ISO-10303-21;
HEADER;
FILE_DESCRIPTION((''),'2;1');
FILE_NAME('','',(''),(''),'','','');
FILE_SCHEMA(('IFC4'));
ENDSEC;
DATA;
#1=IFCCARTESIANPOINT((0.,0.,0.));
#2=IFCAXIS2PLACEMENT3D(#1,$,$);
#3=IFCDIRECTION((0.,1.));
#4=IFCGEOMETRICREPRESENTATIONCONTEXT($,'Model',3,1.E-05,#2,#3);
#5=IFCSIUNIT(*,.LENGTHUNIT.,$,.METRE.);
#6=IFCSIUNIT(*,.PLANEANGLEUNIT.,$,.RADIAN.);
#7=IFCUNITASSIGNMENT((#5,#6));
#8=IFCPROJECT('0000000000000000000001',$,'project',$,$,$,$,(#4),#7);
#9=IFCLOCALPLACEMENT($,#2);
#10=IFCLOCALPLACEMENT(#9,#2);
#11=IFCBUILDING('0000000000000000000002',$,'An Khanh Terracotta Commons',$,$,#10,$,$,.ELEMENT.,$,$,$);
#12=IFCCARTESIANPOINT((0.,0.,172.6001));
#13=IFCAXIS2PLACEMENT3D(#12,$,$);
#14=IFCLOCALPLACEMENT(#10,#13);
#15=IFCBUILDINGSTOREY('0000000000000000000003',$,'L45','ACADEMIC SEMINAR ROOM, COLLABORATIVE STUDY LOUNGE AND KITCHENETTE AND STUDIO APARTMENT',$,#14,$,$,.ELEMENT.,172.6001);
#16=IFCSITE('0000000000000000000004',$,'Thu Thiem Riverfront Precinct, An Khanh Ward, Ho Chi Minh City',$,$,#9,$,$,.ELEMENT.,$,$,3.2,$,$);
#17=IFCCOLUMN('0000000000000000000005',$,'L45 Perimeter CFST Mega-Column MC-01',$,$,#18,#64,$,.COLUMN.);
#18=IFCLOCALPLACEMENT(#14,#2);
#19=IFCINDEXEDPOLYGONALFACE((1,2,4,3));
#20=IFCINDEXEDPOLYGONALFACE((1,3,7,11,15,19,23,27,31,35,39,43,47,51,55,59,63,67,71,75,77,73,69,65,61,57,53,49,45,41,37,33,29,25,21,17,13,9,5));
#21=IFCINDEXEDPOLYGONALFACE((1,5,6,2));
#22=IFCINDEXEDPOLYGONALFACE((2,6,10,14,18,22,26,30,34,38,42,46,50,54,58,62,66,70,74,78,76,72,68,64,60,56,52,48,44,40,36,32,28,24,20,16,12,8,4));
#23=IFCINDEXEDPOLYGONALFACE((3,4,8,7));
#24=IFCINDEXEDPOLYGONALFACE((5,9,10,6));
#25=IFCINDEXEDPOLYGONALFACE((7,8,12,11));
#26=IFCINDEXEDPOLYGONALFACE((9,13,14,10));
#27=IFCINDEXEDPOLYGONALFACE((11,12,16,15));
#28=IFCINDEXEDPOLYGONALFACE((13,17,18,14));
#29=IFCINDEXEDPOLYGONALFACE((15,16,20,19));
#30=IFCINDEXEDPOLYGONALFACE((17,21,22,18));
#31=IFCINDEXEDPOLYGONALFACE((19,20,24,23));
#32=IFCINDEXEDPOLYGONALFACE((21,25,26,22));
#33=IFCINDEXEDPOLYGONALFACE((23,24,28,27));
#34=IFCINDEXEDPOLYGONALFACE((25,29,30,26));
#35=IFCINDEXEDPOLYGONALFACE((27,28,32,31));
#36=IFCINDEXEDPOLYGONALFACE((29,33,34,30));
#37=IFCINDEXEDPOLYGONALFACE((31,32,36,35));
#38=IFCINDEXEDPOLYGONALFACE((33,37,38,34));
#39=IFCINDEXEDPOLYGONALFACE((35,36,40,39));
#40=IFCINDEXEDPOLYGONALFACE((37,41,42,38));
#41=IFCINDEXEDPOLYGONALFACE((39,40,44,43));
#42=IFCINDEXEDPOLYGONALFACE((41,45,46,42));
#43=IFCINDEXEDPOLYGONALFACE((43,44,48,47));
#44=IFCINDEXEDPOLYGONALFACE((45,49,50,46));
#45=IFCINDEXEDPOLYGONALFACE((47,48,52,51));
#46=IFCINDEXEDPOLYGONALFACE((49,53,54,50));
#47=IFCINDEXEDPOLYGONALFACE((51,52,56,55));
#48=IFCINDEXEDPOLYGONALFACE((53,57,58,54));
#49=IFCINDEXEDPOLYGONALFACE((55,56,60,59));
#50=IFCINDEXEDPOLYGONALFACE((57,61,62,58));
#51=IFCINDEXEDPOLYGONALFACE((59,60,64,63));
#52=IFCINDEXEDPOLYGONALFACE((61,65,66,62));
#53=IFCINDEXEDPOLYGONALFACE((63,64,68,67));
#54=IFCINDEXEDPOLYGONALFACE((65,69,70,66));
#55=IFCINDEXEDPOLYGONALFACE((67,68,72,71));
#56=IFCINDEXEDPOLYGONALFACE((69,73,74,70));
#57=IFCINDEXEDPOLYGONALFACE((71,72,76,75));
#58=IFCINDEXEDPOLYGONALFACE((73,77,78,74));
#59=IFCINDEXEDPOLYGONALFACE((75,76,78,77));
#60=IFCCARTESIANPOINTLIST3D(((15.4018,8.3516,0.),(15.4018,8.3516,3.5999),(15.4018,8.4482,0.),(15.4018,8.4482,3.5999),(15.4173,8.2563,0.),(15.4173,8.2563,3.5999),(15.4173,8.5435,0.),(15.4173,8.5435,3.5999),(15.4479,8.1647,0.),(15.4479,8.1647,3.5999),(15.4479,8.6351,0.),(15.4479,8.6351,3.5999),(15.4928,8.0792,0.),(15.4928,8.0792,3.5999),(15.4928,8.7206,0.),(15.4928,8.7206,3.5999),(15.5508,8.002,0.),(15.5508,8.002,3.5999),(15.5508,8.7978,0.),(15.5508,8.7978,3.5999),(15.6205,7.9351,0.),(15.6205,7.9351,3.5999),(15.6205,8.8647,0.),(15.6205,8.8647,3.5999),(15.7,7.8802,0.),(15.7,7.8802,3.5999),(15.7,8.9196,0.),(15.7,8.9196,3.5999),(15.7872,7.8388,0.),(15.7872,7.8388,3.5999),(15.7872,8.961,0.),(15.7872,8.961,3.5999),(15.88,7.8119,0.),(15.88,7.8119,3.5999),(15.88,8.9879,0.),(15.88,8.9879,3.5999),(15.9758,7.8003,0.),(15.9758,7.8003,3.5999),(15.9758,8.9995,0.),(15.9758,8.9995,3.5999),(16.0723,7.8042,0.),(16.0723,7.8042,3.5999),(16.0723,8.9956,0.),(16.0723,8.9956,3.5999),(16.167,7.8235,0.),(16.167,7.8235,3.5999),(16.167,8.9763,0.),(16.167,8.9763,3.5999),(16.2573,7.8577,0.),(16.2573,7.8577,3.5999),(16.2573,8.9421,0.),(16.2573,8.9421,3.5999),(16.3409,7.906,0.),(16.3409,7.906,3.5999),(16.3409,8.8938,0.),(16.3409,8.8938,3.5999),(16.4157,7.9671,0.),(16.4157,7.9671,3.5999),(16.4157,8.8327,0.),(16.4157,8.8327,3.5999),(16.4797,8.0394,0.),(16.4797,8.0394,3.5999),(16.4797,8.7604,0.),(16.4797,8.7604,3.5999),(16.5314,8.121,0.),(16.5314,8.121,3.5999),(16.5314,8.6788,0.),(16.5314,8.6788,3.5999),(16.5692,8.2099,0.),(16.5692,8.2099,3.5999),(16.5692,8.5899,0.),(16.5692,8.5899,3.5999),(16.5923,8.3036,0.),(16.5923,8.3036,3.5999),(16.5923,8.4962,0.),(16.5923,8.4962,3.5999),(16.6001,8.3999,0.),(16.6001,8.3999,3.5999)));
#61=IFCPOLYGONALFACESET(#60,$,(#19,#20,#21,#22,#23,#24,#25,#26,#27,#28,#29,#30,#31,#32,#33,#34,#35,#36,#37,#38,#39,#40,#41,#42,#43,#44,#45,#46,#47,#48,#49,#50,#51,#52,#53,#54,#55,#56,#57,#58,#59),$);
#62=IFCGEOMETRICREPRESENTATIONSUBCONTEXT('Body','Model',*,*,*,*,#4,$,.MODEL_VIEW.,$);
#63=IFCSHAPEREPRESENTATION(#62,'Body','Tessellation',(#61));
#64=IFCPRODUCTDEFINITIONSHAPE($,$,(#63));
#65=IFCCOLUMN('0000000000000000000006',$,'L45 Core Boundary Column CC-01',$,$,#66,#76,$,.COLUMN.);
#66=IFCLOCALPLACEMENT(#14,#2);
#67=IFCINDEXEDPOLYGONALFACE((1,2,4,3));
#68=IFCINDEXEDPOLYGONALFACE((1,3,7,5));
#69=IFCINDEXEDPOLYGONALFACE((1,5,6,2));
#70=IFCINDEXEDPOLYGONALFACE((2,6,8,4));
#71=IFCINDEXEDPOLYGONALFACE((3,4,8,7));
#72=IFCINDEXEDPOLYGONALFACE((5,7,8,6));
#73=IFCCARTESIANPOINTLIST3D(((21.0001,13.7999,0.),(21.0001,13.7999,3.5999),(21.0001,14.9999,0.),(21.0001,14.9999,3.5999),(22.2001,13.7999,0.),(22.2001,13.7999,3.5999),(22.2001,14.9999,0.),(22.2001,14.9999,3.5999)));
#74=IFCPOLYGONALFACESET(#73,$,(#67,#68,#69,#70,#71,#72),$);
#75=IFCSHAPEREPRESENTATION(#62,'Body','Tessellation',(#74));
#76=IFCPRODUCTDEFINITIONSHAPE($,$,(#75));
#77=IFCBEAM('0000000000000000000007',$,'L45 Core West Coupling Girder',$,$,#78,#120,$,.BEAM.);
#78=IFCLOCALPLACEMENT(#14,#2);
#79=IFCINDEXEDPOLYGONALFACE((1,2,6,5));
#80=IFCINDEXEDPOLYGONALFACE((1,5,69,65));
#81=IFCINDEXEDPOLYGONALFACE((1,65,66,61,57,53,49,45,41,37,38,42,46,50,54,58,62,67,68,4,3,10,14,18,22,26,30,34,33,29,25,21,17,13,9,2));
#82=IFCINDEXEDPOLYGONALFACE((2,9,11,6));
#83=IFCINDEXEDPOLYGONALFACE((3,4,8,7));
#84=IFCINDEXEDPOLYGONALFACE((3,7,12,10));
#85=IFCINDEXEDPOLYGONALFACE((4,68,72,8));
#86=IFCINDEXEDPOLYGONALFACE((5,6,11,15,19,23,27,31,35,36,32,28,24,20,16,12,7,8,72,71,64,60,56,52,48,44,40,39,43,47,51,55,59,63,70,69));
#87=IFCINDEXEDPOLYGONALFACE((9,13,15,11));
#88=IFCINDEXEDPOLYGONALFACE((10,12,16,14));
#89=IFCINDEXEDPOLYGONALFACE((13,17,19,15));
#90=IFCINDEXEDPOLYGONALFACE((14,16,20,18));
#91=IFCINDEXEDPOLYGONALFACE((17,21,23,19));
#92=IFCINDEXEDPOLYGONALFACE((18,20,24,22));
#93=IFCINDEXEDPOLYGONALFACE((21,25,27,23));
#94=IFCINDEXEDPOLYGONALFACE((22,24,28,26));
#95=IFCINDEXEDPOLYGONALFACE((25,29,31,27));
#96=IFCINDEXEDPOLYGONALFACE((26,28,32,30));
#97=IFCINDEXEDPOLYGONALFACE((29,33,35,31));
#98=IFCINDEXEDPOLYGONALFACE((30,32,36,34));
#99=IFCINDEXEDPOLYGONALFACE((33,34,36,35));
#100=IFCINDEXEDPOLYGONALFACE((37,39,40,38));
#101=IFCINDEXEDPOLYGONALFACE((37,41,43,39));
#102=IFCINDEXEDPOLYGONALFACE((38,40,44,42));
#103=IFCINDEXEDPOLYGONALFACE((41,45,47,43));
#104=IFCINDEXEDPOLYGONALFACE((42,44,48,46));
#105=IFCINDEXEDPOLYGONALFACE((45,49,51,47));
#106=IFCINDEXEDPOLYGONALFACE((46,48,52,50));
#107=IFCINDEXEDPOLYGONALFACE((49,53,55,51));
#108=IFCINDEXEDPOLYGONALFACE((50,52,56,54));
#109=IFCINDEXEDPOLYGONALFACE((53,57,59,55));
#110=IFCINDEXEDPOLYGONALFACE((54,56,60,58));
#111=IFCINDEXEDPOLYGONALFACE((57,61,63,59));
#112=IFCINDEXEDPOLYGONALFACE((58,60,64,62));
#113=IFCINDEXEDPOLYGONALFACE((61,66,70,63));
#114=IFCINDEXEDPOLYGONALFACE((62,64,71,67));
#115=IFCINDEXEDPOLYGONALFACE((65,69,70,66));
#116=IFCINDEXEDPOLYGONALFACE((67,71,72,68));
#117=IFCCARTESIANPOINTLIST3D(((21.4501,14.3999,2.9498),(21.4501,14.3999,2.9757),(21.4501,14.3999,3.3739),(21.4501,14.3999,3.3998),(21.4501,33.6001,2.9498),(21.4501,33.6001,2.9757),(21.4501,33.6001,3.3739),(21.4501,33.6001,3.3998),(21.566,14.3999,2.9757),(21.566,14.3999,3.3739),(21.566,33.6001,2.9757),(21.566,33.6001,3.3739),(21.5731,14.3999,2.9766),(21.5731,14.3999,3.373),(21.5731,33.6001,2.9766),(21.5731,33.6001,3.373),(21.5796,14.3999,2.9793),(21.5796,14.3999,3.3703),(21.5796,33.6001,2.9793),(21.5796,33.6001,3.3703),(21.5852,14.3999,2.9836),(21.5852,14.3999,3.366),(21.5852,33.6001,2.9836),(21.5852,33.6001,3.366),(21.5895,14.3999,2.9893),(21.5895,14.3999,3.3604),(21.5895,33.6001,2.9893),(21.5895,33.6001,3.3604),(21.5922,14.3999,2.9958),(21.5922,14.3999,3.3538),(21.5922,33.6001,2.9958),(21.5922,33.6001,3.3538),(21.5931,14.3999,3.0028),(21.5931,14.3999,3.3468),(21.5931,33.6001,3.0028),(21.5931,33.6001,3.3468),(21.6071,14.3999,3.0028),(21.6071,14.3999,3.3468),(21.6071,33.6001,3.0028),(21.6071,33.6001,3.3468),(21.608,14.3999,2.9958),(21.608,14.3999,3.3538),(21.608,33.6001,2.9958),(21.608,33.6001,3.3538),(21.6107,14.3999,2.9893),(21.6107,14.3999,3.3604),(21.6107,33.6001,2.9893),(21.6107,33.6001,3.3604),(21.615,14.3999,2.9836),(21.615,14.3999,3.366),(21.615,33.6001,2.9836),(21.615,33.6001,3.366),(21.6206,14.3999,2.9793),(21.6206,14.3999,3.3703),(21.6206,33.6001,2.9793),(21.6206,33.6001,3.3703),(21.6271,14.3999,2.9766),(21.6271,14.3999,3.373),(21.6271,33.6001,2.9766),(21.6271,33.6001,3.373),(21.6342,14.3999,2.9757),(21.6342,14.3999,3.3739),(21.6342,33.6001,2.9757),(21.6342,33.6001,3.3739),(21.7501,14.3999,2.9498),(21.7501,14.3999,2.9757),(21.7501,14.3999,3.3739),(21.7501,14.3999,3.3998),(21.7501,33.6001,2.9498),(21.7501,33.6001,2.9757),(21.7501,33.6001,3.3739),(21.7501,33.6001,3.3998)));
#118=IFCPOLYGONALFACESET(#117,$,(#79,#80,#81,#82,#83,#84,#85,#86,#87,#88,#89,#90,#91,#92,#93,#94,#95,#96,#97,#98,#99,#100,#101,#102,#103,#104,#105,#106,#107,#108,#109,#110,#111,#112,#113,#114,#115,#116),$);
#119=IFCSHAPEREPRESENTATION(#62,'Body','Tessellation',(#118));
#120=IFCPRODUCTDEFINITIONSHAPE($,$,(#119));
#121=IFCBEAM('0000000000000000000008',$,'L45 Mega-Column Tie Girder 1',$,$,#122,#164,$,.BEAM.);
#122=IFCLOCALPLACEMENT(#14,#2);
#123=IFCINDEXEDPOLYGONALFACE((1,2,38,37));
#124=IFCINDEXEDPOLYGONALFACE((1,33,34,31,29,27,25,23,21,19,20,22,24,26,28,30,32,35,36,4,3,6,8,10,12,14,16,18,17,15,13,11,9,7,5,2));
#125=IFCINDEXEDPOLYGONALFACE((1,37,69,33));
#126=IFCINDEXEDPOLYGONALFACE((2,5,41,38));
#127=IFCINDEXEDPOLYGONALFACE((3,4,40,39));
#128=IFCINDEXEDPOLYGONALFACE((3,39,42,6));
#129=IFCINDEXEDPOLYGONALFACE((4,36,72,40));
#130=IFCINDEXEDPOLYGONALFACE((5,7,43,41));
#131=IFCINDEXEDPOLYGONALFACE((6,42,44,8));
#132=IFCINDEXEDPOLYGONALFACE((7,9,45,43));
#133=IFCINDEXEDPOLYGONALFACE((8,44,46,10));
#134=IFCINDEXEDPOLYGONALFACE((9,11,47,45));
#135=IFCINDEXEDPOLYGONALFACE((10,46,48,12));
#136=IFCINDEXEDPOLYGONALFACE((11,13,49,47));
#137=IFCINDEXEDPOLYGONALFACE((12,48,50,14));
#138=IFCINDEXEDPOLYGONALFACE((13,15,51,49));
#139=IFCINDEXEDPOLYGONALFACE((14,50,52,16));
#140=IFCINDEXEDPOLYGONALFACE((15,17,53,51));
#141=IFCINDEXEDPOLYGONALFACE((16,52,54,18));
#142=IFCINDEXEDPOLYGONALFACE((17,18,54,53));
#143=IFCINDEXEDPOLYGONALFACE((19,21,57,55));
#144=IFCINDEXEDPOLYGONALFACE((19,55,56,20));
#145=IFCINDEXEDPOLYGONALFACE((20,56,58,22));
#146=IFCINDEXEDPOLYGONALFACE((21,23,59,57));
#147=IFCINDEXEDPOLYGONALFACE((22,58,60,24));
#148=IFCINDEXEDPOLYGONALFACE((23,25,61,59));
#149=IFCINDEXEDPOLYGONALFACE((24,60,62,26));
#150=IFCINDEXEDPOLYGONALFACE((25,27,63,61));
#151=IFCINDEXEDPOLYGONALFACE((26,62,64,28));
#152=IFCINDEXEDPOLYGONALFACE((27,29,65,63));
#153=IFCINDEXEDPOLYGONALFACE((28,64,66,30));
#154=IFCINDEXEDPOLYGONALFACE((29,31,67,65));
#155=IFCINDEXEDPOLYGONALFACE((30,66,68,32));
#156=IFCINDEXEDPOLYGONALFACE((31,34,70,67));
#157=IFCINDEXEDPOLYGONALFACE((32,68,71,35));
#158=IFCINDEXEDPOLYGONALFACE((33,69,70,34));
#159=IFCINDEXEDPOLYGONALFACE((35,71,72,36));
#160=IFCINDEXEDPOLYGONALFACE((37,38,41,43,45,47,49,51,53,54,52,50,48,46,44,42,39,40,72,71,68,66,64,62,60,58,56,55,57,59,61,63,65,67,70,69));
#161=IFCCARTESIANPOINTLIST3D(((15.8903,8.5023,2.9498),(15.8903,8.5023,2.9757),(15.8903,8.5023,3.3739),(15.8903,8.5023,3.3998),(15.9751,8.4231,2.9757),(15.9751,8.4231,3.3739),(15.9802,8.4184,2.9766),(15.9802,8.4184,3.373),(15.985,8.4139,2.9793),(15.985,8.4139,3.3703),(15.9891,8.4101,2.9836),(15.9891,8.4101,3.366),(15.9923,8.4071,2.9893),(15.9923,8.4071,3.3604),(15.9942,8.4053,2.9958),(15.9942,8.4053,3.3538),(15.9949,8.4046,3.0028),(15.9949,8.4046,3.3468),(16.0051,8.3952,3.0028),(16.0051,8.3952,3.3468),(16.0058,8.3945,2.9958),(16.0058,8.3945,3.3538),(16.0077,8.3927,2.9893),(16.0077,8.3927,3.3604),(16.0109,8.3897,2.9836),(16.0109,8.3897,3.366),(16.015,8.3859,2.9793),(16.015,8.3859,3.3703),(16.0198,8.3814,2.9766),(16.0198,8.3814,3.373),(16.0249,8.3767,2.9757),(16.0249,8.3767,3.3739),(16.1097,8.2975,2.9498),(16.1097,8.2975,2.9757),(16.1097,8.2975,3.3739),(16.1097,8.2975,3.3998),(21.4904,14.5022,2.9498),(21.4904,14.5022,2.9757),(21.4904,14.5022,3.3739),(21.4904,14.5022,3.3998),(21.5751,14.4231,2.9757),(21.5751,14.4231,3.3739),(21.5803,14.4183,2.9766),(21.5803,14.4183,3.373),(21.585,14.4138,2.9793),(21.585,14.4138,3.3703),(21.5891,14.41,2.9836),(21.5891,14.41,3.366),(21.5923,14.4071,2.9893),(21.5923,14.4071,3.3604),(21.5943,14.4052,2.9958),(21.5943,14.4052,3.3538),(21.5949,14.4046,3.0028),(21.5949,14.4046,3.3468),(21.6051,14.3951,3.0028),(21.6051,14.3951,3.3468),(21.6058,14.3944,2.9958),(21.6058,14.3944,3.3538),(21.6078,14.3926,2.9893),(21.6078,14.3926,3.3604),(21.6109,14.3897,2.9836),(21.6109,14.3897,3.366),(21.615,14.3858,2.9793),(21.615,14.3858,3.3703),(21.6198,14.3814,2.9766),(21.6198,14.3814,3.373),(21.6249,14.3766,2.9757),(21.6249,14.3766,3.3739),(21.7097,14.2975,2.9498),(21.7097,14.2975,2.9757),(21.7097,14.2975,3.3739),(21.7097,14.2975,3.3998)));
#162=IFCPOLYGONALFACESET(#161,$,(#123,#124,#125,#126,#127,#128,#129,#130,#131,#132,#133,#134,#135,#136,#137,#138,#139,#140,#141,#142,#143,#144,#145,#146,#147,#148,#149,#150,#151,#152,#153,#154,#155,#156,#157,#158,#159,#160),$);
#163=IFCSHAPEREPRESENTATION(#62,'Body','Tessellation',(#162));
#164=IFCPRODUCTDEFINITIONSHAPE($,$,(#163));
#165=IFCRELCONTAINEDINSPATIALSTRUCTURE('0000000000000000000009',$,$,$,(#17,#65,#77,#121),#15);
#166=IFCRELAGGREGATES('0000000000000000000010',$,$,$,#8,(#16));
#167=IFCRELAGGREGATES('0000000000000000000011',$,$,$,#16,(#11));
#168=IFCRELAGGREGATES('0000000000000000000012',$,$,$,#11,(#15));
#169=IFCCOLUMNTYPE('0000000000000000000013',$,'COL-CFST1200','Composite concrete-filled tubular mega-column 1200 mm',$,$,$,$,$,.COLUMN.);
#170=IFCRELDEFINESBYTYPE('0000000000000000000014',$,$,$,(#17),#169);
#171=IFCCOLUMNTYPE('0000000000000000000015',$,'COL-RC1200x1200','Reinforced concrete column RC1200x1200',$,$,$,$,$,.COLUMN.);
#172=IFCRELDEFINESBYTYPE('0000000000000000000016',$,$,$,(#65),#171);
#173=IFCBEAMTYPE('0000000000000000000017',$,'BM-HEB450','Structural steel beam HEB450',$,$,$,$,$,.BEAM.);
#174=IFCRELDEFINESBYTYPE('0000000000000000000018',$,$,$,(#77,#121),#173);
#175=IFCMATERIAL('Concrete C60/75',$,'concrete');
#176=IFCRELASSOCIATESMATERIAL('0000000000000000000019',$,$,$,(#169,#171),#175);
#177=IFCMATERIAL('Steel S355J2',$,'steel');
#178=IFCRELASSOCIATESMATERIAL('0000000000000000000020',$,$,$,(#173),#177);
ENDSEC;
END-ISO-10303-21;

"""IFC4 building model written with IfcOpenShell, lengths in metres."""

from ifc_helpers import new_model, si_unit, direction, frame, origin, origin_2d, place, context, subcontext, project, spatial, rectangle, circle, i_section, extrude, material, material_profile, profile_set, type_object, element, save


model = new_model("IFC4")

# Units and contexts
model_context = context("Model", 3, precision=1e-05, world=origin(), true_north=direction((0.0, 1.0)))
body_context = subcontext(model_context, "Body", "Model", "MODEL_VIEW")
ifc_project = project(units=[si_unit("LENGTHUNIT", "METRE"), si_unit("PLANEANGLEUNIT", "RADIAN")], contexts=[model_context])

# Site, building, storey
site_placement = place(None, origin())
site = spatial("IfcSite", under=ifc_project, at=site_placement, Name="Thu Thiem Riverfront Precinct, An Khanh Ward, Ho Chi Minh City", CompositionType="ELEMENT", RefElevation=3.2)
building_placement = place(site_placement, origin())
building = spatial("IfcBuilding", under=site, at=building_placement, Name="An Khanh Terracotta Commons", CompositionType="ELEMENT")
storey_placement = place(building_placement, frame((0.0, 0.0, 172.6001)))
storey = spatial("IfcBuildingStorey", under=building, at=storey_placement, Name="L45", Description="ACADEMIC SEMINAR ROOM, COLLABORATIVE STUDY LOUNGE AND KITCHENETTE AND STUDIO APARTMENT", CompositionType="ELEMENT", Elevation=172.6001)

# Columns
ifc_material_1 = material(Name="Concrete C60/75", Category="concrete")
ifc_material_profile_1 = material_profile(ifc_material_1, circle(Radius=0.6001, at=origin_2d()), Name="CFST1200")
ifc_profile_set_1 = profile_set([ifc_material_profile_1], Name="Concrete C60/75")
column_type_1 = type_object("IfcColumnType", Name="COL-CFST1200", Description="Composite concrete-filled tubular mega-column 1200 mm", PredefinedType="COLUMN", material=ifc_profile_set_1)
column_1_placement = place(storey_placement, frame((16.0, 8.3999, 0.0), z_axis=(0.0, 0.0, 1.0), x_axis=(1.0, 0.0, 0.0)))
element("IfcColumn", 1, at=column_1_placement, inside=storey, type_object=column_type_1, Name="L45 Perimeter CFST Mega-Column MC-01", PredefinedType="COLUMN", context=body_context, shape_type="SweptSolid", body=[
    extrude(circle(Radius=0.6001, at=origin_2d()), origin(), (0.0, 0.0, 1.0), 3.5999),
])
ifc_material_profile_2 = material_profile(ifc_material_1, rectangle(XDim=1.2, YDim=1.2, at=origin_2d()), Name="RC1200x1200")
ifc_profile_set_2 = profile_set([ifc_material_profile_2], Name="Concrete C60/75")
column_type_2 = type_object("IfcColumnType", Name="COL-RC1200x1200", Description="Reinforced concrete column RC1200x1200", PredefinedType="COLUMN", material=ifc_profile_set_2)
column_2_placement = place(storey_placement, frame((21.6001, 14.3999, 0.0), z_axis=(0.0, 0.0, 1.0), x_axis=(1.0, 0.0, 0.0)))
element("IfcColumn", 2, at=column_2_placement, inside=storey, type_object=column_type_2, Name="L45 Core Boundary Column CC-01", PredefinedType="COLUMN", context=body_context, shape_type="SweptSolid", body=[
    extrude(rectangle(XDim=1.2, YDim=1.2, at=origin_2d()), origin(), (0.0, 0.0, 1.0), 3.5999),
])

# Beams
ifc_material_2 = material(Name="Steel S355J2", Category="steel")
ifc_material_profile_3 = material_profile(ifc_material_2, i_section(OverallWidth=0.3, OverallDepth=0.45, WebThickness=0.0139, FlangeThickness=0.0259, FilletRadius=0.0271, at=origin_2d()), Name="HEB450")
ifc_profile_set_3 = profile_set([ifc_material_profile_3], Name="Steel S355J2")
beam_type_1 = type_object("IfcBeamType", Name="BM-HEB450", Description="Structural steel beam HEB450", PredefinedType="BEAM", material=ifc_profile_set_3)
beam_1_placement = place(storey_placement, frame((21.6001, 14.3999, 3.1748), z_axis=(0.0, 1.0, 0.0), x_axis=(-1.0, 0.0, 0.0)))
element("IfcBeam", 3, at=beam_1_placement, inside=storey, type_object=beam_type_1, Name="L45 Core West Coupling Girder", PredefinedType="BEAM", context=body_context, shape_type="SweptSolid", body=[
    extrude(i_section(OverallWidth=0.3, OverallDepth=0.45, WebThickness=0.0139, FlangeThickness=0.0259, FilletRadius=0.0271, at=origin_2d()), origin(), (0.0, 0.0, 1.0), 19.2002),
])
beam_2_placement = place(storey_placement, frame((16.0, 8.3999, 3.1748), z_axis=(0.682325, 0.731049, 0.0), x_axis=(-0.731049, 0.682325, 0.0)))
element("IfcBeam", 4, at=beam_2_placement, inside=storey, type_object=beam_type_1, Name="L45 Mega-Column Tie Girder 1", PredefinedType="BEAM", context=body_context, shape_type="SweptSolid", body=[
    extrude(i_section(OverallWidth=0.3, OverallDepth=0.45, WebThickness=0.0139, FlangeThickness=0.0259, FilletRadius=0.0271, at=origin_2d()), origin(), (0.0, 0.0, 1.0), 8.2073),
])

save(model, "model.ifc")
